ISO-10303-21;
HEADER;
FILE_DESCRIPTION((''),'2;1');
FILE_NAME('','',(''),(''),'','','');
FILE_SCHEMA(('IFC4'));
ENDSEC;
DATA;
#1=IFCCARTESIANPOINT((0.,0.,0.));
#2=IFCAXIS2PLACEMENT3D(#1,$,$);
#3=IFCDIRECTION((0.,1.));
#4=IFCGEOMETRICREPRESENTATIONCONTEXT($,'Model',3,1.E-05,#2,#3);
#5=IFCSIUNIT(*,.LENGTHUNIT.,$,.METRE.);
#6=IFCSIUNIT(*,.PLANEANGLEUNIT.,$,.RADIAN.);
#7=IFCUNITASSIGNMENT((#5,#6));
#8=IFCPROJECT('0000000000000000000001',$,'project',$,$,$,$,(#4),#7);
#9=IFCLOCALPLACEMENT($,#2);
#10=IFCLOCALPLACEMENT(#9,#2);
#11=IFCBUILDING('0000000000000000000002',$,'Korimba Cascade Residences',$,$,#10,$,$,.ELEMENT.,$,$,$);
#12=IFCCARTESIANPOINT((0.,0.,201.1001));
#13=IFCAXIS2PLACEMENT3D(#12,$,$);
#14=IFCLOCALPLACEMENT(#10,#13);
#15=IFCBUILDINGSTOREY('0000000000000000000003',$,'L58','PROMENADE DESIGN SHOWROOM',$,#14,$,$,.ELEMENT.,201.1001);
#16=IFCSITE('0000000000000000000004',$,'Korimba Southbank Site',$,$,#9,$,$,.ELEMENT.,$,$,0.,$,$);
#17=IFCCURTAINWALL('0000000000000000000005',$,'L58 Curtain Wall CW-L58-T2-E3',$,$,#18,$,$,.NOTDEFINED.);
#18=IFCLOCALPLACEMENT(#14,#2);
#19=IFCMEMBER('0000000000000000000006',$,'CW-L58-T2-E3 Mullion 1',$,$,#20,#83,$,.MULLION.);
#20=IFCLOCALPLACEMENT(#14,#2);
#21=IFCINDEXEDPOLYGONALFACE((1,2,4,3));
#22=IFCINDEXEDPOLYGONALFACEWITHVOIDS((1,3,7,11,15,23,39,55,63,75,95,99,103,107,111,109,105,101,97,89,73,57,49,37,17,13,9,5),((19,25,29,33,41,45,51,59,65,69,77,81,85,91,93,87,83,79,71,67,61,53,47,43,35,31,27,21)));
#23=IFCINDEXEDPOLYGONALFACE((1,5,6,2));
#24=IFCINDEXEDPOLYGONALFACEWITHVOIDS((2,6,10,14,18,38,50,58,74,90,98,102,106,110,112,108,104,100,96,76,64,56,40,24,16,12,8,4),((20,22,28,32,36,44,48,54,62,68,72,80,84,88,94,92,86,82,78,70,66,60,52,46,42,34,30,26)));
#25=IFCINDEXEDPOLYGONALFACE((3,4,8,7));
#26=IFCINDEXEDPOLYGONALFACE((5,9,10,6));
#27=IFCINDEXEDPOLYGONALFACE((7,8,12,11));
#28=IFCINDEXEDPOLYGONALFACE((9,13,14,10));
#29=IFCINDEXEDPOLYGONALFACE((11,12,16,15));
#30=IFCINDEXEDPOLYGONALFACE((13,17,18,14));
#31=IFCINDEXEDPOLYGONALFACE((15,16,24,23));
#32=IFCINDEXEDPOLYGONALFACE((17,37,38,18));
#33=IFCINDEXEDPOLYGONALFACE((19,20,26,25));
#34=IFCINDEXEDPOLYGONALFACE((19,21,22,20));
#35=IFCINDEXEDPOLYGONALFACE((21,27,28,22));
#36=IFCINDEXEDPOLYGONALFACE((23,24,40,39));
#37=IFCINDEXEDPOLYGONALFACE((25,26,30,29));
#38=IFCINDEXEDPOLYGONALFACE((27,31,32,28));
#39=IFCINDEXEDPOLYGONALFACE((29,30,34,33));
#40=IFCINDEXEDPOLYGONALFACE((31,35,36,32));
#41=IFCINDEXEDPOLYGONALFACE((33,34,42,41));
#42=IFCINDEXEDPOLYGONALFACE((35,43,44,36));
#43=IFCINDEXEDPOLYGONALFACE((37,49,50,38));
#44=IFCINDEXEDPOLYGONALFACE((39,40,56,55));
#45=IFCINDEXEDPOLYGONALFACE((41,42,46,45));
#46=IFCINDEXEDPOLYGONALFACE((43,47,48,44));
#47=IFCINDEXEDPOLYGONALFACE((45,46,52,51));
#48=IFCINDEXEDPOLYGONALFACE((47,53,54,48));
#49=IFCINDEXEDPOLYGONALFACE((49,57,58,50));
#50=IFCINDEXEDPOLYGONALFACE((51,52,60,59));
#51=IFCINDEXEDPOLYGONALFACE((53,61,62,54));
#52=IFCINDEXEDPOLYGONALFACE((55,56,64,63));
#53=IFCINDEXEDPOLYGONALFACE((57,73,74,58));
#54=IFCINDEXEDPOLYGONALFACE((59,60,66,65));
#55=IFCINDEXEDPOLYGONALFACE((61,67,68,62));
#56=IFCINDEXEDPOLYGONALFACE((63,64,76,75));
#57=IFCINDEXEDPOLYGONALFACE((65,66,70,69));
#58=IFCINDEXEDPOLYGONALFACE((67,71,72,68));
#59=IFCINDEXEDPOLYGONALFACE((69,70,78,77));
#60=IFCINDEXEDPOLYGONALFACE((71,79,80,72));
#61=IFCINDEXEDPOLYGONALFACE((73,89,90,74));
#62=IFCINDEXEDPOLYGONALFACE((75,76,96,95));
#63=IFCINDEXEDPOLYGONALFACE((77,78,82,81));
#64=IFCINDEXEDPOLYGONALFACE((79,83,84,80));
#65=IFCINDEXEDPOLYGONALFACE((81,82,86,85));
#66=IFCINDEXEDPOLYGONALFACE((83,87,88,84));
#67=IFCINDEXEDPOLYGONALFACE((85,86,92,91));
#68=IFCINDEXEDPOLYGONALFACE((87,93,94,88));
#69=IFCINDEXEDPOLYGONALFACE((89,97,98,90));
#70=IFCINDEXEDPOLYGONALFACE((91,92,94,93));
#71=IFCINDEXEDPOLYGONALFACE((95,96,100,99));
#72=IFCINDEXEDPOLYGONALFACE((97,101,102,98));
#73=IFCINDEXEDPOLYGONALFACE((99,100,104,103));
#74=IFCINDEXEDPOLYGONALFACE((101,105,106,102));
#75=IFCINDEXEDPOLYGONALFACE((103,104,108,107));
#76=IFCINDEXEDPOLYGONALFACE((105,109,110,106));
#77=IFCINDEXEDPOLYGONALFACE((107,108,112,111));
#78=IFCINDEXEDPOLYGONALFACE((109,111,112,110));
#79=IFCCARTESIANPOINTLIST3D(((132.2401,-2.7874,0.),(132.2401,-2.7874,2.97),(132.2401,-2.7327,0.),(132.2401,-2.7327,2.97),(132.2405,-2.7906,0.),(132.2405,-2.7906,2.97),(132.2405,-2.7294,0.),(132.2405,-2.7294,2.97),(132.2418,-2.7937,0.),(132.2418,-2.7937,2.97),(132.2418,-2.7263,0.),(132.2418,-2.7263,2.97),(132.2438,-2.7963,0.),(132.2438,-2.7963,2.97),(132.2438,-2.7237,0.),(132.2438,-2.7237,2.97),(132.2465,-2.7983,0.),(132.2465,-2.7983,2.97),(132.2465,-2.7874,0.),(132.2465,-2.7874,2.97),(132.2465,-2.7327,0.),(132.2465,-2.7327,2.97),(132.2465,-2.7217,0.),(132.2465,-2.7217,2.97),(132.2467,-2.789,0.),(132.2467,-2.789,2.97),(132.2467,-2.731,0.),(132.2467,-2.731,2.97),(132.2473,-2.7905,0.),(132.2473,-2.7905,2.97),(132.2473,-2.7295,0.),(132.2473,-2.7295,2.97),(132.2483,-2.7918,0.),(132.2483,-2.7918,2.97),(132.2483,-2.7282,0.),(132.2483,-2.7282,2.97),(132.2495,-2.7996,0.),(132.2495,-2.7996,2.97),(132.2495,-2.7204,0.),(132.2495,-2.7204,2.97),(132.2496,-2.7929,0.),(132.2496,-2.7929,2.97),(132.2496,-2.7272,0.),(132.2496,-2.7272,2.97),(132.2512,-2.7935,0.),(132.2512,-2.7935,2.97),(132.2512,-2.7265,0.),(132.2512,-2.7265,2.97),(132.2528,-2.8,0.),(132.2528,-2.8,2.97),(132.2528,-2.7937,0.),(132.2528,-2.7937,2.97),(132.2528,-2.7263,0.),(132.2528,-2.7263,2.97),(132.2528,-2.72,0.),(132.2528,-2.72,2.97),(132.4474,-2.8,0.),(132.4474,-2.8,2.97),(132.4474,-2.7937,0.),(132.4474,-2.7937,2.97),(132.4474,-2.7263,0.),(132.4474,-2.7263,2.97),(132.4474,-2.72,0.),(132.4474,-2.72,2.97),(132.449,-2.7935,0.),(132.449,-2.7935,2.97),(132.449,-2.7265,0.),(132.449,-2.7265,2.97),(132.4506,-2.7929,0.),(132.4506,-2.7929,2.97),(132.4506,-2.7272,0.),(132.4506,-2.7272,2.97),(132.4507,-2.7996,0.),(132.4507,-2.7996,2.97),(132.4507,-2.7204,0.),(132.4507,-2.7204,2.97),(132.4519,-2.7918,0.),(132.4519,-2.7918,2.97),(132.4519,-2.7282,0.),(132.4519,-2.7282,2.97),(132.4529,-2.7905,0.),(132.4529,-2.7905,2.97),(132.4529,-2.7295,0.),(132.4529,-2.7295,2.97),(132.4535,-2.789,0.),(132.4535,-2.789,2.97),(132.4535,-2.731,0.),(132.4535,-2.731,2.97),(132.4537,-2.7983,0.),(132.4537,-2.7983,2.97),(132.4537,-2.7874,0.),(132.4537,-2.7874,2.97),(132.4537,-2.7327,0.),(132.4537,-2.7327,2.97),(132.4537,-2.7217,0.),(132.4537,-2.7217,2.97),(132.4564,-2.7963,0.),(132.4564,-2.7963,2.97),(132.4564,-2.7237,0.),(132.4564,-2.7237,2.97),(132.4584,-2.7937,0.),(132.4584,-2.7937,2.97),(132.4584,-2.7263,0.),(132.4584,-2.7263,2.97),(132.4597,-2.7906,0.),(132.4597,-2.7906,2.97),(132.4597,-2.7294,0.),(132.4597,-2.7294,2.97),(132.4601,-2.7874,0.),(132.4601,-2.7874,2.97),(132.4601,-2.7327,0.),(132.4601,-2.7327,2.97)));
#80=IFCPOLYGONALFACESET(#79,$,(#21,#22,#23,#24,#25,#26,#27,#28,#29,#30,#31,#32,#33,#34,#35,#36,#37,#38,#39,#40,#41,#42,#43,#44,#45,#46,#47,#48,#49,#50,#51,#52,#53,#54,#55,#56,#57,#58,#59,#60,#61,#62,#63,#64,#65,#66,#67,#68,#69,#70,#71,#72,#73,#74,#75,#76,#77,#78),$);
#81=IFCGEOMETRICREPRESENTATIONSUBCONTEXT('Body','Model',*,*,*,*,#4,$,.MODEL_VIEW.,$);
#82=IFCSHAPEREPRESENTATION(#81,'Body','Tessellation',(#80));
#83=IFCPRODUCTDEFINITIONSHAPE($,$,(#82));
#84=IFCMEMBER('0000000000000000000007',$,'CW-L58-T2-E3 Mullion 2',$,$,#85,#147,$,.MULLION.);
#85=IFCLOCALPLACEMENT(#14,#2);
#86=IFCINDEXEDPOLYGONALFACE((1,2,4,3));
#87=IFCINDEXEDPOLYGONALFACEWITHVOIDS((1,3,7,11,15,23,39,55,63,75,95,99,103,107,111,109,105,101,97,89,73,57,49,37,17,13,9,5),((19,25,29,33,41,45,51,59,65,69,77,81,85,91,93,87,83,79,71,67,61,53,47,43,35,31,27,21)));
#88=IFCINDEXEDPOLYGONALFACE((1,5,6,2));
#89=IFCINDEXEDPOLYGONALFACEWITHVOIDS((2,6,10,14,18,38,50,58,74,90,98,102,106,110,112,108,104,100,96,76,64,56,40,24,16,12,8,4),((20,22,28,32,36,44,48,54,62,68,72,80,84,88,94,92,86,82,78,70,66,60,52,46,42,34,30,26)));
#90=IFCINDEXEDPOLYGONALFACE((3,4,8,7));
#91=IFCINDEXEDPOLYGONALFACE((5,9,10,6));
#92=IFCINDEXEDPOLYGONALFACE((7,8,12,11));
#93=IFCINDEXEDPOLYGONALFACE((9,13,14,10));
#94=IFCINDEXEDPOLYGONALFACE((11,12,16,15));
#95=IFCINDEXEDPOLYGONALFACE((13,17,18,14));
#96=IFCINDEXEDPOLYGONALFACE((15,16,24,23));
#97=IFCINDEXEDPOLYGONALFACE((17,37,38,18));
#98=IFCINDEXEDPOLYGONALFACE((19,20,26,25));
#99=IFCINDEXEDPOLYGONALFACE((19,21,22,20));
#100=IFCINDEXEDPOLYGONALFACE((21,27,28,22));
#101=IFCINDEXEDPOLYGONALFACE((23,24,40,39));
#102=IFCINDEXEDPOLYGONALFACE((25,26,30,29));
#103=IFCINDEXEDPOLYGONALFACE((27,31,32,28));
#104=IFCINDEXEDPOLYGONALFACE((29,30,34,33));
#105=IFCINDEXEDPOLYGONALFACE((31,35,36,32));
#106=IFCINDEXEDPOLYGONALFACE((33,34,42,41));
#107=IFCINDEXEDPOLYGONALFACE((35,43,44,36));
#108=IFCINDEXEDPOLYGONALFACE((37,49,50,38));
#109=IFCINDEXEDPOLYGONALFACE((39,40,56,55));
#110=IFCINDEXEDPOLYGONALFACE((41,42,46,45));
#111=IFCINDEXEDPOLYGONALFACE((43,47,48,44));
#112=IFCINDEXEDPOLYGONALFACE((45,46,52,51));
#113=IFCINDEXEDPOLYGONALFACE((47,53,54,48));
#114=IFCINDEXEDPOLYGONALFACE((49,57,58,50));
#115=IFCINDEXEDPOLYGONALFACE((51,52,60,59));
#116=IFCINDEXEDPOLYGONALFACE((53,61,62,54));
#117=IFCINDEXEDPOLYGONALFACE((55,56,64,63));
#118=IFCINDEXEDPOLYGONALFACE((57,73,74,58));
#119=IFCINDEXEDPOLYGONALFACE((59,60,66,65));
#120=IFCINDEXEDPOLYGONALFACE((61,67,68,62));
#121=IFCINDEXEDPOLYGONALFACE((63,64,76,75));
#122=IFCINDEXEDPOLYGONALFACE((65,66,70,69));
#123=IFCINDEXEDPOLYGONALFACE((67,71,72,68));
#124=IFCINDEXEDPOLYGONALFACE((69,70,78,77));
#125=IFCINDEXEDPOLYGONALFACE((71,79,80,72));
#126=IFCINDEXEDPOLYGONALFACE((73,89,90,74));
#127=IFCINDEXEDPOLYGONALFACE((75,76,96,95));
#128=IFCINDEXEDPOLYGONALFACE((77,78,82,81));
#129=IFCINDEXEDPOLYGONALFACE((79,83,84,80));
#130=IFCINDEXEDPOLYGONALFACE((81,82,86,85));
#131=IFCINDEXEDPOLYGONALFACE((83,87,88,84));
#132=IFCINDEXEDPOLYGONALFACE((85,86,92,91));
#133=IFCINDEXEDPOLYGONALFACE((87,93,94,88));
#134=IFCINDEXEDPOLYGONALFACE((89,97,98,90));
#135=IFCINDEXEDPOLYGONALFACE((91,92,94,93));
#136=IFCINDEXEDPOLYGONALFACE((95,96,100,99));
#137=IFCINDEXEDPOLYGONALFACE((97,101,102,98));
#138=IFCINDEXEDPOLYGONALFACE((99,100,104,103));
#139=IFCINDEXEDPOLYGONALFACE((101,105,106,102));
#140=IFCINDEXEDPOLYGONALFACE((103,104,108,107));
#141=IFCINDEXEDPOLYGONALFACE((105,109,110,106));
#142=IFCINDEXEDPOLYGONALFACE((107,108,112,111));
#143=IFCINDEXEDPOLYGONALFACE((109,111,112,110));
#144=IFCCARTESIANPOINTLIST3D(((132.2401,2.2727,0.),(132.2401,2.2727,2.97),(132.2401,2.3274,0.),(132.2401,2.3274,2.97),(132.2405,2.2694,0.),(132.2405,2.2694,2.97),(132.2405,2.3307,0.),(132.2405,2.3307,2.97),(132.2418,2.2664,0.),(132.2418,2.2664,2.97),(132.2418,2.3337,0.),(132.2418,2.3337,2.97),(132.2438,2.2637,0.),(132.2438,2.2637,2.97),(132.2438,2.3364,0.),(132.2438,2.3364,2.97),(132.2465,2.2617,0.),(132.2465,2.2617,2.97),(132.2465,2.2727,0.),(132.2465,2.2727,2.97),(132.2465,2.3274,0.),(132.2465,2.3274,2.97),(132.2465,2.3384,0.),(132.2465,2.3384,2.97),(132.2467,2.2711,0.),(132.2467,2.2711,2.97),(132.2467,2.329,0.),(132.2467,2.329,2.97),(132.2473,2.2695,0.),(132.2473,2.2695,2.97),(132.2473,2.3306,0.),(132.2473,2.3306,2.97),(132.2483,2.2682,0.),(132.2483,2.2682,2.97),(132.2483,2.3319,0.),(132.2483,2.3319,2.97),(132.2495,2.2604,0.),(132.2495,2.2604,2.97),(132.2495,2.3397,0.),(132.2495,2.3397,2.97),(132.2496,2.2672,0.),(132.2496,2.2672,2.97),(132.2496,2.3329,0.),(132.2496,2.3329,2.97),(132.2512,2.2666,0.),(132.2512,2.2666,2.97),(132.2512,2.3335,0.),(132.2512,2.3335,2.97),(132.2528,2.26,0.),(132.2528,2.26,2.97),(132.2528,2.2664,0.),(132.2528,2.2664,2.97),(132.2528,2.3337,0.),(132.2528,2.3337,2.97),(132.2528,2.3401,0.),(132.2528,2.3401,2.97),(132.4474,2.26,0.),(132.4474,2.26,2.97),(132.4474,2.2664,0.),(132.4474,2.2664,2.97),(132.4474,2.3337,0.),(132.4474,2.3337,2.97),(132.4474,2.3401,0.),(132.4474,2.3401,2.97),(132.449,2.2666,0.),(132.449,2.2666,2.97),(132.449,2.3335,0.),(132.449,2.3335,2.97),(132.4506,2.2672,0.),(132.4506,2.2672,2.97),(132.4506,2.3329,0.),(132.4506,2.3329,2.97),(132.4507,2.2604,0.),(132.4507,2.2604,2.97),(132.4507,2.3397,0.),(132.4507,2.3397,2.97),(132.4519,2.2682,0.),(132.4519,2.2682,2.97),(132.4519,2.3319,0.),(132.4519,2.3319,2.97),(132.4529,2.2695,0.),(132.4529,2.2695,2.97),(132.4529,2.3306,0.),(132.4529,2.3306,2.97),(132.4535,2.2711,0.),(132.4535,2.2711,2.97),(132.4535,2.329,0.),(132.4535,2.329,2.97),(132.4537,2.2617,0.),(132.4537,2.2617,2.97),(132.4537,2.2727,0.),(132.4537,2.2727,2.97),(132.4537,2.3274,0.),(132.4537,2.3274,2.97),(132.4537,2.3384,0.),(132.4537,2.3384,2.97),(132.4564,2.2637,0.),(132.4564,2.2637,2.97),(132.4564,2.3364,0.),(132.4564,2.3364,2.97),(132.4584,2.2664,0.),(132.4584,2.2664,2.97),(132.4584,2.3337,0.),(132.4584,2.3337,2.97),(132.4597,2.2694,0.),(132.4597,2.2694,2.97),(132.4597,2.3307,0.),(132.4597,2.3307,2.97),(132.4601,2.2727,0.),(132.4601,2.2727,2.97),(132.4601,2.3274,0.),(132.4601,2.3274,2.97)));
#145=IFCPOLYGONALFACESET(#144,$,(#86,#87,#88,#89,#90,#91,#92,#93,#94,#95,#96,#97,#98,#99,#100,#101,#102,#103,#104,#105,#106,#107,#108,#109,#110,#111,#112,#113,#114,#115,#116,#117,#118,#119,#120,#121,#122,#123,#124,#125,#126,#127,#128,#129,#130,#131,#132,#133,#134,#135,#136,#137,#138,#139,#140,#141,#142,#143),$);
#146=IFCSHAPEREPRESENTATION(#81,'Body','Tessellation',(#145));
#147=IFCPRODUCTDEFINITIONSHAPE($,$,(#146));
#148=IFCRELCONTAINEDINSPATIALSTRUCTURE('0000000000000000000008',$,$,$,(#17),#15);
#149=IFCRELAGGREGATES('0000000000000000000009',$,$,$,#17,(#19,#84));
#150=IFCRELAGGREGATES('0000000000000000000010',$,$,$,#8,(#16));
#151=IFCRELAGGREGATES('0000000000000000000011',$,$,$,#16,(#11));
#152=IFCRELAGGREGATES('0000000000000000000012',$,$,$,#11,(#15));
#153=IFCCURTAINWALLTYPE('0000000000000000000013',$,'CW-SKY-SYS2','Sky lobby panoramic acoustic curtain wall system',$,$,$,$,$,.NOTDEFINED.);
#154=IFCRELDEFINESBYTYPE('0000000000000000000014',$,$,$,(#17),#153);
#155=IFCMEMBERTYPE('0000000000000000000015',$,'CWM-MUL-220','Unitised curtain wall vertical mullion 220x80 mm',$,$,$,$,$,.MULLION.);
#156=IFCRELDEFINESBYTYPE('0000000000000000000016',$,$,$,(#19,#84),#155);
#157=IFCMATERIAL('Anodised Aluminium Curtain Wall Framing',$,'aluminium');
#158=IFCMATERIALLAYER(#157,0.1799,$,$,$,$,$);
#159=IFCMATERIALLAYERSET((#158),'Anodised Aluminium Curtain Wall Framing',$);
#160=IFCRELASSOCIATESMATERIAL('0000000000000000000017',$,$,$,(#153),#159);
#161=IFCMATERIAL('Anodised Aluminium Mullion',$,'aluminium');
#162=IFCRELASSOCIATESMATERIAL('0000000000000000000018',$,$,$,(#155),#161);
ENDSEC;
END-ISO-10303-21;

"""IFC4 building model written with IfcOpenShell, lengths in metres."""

from ifc_helpers import new_model, si_unit, direction, frame, origin, origin_2d, place, context, subcontext, project, spatial, hollow_rectangle, extrude, material, layer, layer_set, material_profile, profile_set, type_object, element, aggregate, save


model = new_model("IFC4")

# Units and contexts
model_context = context("Model", 3, precision=1e-05, world=origin(), true_north=direction((0.0, 1.0)))
body_context = subcontext(model_context, "Body", "Model", "MODEL_VIEW")
ifc_project = project(units=[si_unit("LENGTHUNIT", "METRE"), si_unit("PLANEANGLEUNIT", "RADIAN")], contexts=[model_context])

# Site, building, storey
site_placement = place(None, origin())
site = spatial("IfcSite", under=ifc_project, at=site_placement, Name="Korimba Southbank Site", CompositionType="ELEMENT", RefElevation=0.0)
building_placement = place(site_placement, origin())
building = spatial("IfcBuilding", under=site, at=building_placement, Name="Korimba Cascade Residences", CompositionType="ELEMENT")
storey_placement = place(building_placement, frame((0.0, 0.0, 201.1001)))
storey = spatial("IfcBuildingStorey", under=building, at=storey_placement, Name="L58", Description="PROMENADE DESIGN SHOWROOM", CompositionType="ELEMENT", Elevation=201.1001)

# Curtain wall, members
ifc_material_1 = material(Name="Anodised Aluminium Curtain Wall Framing", Category="aluminium")
ifc_layer_1 = layer(ifc_material_1, 0.1799)
ifc_layer_set_1 = layer_set([ifc_layer_1], Name="Anodised Aluminium Curtain Wall Framing")
curtain_wall_type = type_object("IfcCurtainWallType", Name="CW-SKY-SYS2", Description="Sky lobby panoramic acoustic curtain wall system", PredefinedType="NOTDEFINED", material=ifc_layer_set_1)
curtain_wall_placement = place(storey_placement, origin())
curtain_wall = element("IfcCurtainWall", 1, at=curtain_wall_placement, inside=storey, type_object=curtain_wall_type, Name="L58 Curtain Wall CW-L58-T2-E3", PredefinedType="NOTDEFINED")
ifc_material_2 = material(Name="Anodised Aluminium Mullion", Category="aluminium")
ifc_material_profile_1 = material_profile(ifc_material_2, hollow_rectangle(XDim=0.0801, YDim=0.22, WallThickness=0.0063, InnerFilletRadius=0.0063, OuterFilletRadius=0.0127, at=origin_2d()), Name="Anodised Aluminium Mullion")
ifc_profile_set_1 = profile_set([ifc_material_profile_1], Name="Anodised Aluminium Mullion")
member_type_1 = type_object("IfcMemberType", Name="CWM-MUL-220", Description="Unitised curtain wall vertical mullion 220x80 mm", PredefinedType="MULLION", material=ifc_profile_set_1)
member_1_placement = place(storey_placement, frame((132.3501, -2.76, 0.0), z_axis=(0.0, 0.0, 1.0), x_axis=(0.0, 1.0, 0.0)))
member_1 = element("IfcMember", 2, at=member_1_placement, type_object=member_type_1, Name="CW-L58-T2-E3 Mullion 1", PredefinedType="MULLION", context=body_context, shape_type="SweptSolid", body=[
    extrude(hollow_rectangle(XDim=0.0801, YDim=0.22, WallThickness=0.0063, InnerFilletRadius=0.0063, OuterFilletRadius=0.0127, at=origin_2d()), origin(), (0.0, 0.0, 1.0), 2.97),
])
member_2_placement = place(storey_placement, frame((132.3501, 2.3, 0.0), z_axis=(0.0, 0.0, 1.0), x_axis=(0.0, 1.0, 0.0)))
member_2 = element("IfcMember", 3, at=member_2_placement, type_object=member_type_1, Name="CW-L58-T2-E3 Mullion 2", PredefinedType="MULLION", context=body_context, shape_type="SweptSolid", body=[
    extrude(hollow_rectangle(XDim=0.0801, YDim=0.22, WallThickness=0.0063, InnerFilletRadius=0.0063, OuterFilletRadius=0.0127, at=origin_2d()), origin(), (0.0, 0.0, 1.0), 2.97),
])
aggregate(curtain_wall, [member_1, member_2])

save(model, "model.ifc")
